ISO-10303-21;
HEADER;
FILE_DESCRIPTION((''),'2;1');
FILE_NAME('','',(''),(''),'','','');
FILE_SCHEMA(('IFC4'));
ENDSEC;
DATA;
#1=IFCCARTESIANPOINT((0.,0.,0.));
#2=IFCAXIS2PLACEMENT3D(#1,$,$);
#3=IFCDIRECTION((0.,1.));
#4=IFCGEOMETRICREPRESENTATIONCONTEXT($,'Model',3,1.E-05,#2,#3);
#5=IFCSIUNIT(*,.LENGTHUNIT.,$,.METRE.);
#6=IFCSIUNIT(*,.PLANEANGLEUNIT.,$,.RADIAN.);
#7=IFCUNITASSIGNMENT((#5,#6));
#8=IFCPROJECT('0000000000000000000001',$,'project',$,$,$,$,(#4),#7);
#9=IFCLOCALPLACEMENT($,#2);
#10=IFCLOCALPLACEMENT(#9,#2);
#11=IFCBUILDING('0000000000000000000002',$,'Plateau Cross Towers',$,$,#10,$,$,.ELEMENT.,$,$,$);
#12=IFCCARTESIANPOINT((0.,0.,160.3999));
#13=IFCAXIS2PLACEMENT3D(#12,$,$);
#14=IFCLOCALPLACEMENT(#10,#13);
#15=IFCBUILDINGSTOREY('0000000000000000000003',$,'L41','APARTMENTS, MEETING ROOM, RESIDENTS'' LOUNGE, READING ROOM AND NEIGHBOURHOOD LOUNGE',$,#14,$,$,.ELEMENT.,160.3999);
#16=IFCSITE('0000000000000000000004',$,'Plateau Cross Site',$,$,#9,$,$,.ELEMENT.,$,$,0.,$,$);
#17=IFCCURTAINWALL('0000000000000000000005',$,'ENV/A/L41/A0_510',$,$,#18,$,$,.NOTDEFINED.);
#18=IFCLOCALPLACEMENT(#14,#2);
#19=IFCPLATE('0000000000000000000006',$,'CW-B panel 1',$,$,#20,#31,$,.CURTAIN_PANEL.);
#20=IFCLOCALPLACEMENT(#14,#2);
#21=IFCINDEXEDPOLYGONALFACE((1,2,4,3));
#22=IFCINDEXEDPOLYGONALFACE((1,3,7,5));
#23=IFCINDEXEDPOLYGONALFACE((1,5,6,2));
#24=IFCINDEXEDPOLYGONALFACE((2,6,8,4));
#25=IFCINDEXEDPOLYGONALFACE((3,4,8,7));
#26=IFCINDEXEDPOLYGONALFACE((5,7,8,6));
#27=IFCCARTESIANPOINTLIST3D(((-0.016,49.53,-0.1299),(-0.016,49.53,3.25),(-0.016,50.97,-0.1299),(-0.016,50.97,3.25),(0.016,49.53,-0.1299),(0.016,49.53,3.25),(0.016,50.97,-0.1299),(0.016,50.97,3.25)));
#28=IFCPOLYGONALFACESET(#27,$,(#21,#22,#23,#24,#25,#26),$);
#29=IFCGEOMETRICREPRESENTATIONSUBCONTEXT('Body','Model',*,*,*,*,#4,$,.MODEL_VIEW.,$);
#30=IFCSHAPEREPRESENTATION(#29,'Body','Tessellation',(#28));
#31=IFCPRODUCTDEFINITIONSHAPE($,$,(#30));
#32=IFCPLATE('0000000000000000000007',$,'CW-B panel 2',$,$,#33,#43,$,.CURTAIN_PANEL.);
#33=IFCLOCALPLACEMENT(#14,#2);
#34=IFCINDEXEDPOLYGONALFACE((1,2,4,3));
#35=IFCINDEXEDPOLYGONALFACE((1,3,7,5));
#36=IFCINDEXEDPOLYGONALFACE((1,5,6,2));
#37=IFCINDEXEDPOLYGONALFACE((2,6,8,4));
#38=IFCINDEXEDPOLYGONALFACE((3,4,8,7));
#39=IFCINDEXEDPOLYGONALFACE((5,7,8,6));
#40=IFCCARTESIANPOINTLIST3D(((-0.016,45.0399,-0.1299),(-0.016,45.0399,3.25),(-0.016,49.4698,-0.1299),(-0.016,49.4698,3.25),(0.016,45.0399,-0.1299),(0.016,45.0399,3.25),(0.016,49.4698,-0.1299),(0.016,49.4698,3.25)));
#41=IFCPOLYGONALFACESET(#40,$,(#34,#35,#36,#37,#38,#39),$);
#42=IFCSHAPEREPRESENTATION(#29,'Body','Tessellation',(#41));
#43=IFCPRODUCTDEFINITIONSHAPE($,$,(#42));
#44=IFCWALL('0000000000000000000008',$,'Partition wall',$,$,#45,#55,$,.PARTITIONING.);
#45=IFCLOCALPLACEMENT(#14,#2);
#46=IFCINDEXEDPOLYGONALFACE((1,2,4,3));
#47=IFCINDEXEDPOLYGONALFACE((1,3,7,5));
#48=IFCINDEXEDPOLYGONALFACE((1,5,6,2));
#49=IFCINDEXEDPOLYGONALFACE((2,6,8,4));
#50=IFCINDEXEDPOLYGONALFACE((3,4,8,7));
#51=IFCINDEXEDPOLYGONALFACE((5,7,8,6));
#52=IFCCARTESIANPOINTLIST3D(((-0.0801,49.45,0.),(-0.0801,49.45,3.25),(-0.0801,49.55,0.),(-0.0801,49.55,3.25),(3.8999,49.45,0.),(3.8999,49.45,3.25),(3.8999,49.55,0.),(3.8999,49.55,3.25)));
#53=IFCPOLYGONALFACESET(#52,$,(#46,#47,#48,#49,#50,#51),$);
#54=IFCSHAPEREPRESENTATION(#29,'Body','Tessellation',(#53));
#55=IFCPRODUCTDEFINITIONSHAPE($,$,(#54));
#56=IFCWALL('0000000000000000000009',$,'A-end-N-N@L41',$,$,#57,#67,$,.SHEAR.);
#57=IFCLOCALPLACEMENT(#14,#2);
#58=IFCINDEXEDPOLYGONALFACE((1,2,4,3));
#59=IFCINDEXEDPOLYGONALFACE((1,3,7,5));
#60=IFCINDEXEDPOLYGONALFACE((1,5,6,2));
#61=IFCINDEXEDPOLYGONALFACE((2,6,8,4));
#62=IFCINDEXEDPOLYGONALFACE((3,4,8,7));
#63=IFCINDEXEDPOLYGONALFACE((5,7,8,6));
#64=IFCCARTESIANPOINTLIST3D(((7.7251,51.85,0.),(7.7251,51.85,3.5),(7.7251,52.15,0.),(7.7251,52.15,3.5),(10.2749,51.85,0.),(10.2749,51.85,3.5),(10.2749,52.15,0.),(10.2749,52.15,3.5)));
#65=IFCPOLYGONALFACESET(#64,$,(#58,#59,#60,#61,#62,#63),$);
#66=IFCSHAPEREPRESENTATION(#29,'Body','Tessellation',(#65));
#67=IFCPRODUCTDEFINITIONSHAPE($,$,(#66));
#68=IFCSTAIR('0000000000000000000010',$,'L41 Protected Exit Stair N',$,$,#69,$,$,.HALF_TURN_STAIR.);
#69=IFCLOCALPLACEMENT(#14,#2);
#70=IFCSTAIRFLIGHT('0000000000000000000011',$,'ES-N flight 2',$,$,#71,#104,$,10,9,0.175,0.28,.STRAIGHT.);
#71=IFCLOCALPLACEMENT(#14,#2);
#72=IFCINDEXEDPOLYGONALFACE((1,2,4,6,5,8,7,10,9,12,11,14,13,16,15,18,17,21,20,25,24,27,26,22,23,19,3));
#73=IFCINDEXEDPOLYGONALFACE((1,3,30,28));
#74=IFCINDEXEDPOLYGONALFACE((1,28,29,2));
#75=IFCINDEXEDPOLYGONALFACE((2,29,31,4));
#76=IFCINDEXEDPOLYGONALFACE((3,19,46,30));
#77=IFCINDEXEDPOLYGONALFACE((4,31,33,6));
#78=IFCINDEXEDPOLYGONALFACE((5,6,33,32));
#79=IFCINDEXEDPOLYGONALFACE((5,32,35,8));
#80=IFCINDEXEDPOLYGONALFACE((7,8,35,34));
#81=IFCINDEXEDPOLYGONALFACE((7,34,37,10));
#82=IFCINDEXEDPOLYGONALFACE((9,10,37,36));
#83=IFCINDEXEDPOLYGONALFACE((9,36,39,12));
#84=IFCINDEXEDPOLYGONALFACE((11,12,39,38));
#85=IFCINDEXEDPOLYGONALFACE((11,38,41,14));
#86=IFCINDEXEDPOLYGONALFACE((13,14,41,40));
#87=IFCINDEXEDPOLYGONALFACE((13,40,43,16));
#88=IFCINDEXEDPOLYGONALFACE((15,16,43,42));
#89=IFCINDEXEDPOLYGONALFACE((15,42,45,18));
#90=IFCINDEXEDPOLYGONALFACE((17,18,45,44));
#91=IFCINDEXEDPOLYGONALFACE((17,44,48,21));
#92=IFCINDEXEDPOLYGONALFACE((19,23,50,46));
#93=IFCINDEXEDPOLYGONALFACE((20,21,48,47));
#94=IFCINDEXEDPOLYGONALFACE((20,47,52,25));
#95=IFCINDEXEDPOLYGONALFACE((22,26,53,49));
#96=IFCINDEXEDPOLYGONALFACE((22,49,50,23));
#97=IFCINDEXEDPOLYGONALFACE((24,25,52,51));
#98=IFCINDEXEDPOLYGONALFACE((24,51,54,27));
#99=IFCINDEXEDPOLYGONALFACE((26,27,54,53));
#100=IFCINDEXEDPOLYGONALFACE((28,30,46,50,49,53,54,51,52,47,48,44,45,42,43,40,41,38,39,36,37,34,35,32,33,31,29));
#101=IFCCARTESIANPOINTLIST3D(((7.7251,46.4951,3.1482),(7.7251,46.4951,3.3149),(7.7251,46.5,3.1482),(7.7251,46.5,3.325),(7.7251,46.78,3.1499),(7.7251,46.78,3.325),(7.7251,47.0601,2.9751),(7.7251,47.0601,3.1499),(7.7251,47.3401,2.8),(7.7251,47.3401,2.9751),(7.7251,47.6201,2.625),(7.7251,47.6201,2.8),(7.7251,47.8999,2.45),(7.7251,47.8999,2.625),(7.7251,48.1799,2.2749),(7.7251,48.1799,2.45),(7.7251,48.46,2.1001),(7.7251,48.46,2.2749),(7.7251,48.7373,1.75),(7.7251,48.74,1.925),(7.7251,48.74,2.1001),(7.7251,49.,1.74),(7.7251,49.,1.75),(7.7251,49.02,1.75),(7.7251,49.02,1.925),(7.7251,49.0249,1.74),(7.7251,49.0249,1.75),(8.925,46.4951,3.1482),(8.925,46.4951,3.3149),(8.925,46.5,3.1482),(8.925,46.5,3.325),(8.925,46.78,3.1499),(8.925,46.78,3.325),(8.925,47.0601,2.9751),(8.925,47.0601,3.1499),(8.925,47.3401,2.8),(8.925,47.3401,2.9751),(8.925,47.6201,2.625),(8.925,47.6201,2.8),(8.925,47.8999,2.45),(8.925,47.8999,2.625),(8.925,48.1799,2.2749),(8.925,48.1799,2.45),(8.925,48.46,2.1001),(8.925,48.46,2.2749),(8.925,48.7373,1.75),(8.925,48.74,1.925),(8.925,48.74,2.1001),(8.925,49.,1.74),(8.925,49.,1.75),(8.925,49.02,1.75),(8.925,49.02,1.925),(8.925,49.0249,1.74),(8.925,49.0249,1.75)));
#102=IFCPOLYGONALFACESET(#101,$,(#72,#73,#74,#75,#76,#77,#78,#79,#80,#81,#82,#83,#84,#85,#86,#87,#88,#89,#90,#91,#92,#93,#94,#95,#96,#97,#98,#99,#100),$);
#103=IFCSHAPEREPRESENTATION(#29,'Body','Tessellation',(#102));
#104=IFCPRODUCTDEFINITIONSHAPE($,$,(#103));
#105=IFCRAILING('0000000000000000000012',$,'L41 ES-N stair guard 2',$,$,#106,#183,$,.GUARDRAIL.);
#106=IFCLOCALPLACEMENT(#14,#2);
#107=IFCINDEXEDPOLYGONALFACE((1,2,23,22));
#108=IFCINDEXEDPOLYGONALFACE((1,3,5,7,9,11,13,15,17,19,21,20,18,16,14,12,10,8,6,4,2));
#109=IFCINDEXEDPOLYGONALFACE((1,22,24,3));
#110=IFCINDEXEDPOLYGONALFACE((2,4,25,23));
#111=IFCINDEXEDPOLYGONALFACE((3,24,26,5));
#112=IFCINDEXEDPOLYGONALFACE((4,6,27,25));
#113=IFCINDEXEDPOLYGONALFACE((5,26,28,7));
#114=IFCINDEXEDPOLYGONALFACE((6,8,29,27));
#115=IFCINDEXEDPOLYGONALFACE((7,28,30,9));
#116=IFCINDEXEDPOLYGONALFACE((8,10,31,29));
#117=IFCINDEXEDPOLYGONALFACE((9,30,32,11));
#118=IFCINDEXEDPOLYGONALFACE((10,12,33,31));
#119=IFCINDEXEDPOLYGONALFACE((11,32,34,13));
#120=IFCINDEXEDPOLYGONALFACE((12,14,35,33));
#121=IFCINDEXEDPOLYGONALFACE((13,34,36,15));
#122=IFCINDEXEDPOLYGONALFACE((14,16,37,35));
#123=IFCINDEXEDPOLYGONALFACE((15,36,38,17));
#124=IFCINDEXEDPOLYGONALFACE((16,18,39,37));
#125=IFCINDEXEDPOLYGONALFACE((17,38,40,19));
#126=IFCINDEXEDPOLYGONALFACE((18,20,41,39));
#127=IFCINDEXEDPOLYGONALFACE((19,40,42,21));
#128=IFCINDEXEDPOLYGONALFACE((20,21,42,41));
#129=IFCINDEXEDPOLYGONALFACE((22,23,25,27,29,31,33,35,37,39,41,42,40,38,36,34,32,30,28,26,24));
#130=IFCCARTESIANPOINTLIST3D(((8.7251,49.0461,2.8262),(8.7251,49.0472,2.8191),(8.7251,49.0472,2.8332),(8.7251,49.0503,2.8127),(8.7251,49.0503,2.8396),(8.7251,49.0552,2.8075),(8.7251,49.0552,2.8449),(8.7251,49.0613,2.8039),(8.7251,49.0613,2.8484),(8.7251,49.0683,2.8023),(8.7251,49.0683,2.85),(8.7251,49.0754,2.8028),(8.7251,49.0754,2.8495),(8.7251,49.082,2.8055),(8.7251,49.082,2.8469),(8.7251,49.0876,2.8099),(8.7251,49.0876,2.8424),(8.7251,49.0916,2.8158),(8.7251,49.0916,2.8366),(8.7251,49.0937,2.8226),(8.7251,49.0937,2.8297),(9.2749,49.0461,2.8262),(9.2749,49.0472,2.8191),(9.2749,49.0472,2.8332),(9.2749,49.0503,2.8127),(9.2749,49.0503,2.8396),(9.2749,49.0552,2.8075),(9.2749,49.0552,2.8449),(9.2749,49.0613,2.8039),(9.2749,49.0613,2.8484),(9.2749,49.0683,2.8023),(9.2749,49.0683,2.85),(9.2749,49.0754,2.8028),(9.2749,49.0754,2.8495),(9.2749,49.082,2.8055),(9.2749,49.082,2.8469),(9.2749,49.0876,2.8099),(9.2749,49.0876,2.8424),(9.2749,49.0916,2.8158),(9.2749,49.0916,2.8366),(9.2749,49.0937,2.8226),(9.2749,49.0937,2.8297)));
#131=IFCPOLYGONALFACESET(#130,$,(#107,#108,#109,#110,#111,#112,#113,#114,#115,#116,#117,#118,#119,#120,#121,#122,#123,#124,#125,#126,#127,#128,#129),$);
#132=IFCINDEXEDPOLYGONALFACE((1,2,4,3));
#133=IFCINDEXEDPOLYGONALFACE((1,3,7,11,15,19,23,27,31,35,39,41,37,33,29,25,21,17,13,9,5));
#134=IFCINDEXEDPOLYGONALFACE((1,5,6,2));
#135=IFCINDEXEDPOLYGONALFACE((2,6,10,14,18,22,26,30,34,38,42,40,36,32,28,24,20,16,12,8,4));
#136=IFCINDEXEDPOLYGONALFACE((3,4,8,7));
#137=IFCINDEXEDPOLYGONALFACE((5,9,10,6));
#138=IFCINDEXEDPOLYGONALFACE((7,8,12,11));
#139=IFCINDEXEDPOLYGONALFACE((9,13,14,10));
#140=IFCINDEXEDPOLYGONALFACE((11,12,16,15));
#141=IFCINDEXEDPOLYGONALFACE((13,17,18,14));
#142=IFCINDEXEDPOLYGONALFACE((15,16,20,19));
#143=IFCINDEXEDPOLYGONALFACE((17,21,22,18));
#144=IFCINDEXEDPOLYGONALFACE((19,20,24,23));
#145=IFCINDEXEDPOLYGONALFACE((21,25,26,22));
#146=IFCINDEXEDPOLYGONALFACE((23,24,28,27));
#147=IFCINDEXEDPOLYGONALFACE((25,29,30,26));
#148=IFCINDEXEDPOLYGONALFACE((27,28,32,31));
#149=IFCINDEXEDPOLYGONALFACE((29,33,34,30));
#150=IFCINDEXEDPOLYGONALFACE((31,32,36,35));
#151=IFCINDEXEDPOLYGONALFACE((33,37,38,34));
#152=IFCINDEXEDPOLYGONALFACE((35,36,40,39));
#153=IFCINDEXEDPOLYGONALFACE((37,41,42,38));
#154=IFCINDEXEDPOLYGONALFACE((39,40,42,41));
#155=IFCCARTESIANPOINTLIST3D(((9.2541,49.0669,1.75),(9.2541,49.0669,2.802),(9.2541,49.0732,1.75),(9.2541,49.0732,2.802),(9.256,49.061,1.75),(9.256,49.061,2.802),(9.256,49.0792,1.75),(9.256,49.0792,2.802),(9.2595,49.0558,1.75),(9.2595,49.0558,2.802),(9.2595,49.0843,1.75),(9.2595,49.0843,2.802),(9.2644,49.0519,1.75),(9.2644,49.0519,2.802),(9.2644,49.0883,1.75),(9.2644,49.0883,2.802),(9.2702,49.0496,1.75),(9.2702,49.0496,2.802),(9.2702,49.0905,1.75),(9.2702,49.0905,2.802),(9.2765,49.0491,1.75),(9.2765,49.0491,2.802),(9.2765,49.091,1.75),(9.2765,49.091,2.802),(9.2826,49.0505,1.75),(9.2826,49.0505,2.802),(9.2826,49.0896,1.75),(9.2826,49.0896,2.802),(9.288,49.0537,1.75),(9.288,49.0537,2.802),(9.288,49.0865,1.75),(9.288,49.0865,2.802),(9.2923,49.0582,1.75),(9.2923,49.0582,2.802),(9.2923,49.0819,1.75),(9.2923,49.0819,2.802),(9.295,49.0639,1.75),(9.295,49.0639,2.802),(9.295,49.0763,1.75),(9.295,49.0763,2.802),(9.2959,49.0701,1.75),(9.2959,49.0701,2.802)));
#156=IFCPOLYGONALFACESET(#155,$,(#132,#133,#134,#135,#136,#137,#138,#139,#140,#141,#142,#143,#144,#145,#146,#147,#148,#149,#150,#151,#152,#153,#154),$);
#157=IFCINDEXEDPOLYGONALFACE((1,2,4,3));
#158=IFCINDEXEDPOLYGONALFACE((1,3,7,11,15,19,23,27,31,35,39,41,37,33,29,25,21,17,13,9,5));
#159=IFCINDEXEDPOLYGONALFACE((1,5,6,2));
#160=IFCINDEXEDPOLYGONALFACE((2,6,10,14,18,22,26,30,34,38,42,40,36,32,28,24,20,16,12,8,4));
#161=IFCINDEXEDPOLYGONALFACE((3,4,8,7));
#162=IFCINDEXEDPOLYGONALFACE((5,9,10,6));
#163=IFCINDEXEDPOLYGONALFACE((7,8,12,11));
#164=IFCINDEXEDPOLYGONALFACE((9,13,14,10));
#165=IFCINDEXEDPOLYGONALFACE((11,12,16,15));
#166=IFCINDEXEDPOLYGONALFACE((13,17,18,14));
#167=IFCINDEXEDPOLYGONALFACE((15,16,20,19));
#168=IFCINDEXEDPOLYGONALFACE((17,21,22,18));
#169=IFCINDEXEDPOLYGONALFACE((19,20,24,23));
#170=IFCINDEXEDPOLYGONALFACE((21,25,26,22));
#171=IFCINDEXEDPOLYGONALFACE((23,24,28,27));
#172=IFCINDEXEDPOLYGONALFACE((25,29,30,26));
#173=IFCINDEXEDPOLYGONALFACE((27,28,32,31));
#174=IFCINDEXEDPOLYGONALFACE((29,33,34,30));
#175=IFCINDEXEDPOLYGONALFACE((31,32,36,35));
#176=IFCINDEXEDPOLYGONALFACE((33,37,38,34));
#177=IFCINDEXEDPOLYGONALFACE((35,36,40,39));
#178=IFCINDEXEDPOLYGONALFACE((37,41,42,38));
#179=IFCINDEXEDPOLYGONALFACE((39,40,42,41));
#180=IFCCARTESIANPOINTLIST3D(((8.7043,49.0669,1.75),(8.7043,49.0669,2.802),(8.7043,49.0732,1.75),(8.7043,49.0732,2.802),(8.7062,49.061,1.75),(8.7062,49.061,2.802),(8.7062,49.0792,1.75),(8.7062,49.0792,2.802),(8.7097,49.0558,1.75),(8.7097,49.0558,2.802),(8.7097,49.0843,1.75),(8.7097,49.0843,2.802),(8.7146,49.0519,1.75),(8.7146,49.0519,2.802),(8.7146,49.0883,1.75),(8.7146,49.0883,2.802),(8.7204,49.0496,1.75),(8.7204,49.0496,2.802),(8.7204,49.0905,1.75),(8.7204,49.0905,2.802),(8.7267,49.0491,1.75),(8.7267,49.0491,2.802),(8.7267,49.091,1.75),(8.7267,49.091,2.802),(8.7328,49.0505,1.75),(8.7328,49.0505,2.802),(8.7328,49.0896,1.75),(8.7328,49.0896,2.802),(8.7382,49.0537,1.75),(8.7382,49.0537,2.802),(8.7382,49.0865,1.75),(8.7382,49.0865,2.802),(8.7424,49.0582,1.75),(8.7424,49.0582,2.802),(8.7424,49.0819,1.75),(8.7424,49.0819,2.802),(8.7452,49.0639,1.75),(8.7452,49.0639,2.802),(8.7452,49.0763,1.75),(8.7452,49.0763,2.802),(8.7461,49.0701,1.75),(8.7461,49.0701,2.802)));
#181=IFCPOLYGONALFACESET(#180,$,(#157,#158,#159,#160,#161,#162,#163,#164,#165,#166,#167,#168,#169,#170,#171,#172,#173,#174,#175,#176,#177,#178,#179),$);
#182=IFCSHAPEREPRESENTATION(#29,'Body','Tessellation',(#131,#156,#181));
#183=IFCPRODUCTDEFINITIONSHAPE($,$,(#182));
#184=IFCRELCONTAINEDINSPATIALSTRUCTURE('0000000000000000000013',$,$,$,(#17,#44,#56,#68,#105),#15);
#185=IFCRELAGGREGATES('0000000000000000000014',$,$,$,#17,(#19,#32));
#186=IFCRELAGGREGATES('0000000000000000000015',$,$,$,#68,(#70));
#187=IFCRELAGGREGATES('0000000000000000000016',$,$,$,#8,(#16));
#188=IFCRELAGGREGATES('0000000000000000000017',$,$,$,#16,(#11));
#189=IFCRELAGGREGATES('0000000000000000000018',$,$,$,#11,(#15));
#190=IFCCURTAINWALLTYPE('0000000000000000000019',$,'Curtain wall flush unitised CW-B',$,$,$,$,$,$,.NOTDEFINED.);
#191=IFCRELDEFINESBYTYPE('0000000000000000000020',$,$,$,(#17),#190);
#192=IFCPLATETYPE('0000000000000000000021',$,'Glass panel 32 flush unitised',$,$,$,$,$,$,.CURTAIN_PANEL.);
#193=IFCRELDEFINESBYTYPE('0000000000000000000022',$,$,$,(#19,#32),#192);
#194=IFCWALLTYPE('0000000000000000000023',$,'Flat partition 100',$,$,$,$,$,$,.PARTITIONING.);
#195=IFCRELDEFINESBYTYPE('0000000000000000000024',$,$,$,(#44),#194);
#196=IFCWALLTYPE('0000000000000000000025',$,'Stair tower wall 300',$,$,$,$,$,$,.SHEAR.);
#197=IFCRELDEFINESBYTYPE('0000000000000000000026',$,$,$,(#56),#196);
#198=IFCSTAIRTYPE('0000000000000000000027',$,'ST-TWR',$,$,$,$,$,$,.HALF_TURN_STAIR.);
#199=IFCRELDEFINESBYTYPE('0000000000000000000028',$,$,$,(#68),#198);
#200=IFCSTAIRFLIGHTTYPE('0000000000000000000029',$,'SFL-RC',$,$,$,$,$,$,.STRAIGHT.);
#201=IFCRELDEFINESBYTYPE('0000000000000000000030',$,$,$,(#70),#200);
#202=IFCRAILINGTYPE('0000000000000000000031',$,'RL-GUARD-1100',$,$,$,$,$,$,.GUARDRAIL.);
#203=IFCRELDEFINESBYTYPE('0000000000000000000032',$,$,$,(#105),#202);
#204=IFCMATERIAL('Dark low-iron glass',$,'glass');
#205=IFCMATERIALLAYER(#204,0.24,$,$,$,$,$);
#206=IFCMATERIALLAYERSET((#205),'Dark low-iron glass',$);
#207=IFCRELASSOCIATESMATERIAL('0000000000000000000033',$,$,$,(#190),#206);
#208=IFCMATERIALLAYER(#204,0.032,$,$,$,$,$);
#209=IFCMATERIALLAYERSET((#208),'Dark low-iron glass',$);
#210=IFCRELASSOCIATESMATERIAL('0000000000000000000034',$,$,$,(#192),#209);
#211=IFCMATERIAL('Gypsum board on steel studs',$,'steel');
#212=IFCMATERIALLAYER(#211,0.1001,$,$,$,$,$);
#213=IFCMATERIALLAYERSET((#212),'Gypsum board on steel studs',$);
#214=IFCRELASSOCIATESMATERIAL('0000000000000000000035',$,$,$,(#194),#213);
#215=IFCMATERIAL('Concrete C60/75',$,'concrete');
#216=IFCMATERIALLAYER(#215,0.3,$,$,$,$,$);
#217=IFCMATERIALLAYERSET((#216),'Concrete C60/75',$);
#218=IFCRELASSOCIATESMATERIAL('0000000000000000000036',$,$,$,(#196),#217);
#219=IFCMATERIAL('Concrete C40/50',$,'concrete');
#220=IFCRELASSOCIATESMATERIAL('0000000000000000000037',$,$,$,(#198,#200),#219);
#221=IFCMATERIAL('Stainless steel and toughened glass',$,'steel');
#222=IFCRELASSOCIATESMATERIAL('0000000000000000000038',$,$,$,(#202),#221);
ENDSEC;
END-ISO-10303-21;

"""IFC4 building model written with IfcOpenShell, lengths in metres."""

from ifc_helpers import new_model, si_unit, direction, frame, frame_2d, origin, origin_2d, place, context, subcontext, project, spatial, polyline, rectangle, circle, outline, extrude, material, layer, layer_set, type_object, element, aggregate, save


model = new_model("IFC4")

# Units and contexts
model_context = context("Model", 3, precision=1e-05, world=origin(), true_north=direction((0.0, 1.0)))
body_context = subcontext(model_context, "Body", "Model", "MODEL_VIEW")
ifc_project = project(units=[si_unit("LENGTHUNIT", "METRE"), si_unit("PLANEANGLEUNIT", "RADIAN")], contexts=[model_context])

# Site, building, storey
site_placement = place(None, origin())
site = spatial("IfcSite", under=ifc_project, at=site_placement, Name="Plateau Cross Site", CompositionType="ELEMENT", RefElevation=0.0)
building_placement = place(site_placement, origin())
building = spatial("IfcBuilding", under=site, at=building_placement, Name="Plateau Cross Towers", CompositionType="ELEMENT")
storey_placement = place(building_placement, frame((0.0, 0.0, 160.3999)))
storey = spatial("IfcBuildingStorey", under=building, at=storey_placement, Name="L41", Description="APARTMENTS, MEETING ROOM, RESIDENTS' LOUNGE, READING ROOM AND NEIGHBOURHOOD LOUNGE", CompositionType="ELEMENT", Elevation=160.3999)

# Shared definitions
ifc_material_1 = material(Name="Concrete C60/75", Category="concrete")

# Shared definitions
ifc_material_2 = material(Name="Dark low-iron glass", Category="glass")
ifc_layer_1 = layer(ifc_material_2, 0.24)
ifc_layer_set_1 = layer_set([ifc_layer_1], Name="Dark low-iron glass")
curtain_wall_type = type_object("IfcCurtainWallType", Name="Curtain wall flush unitised CW-B", PredefinedType="NOTDEFINED", material=ifc_layer_set_1)

# Curtain wall
curtain_wall_1_placement = place(storey_placement, origin())
curtain_wall_1 = element("IfcCurtainWall", 1, at=curtain_wall_1_placement, inside=storey, type_object=curtain_wall_type, Name="ENV/A/L41/A0_510", PredefinedType="NOTDEFINED")

# Plates
ifc_layer_2 = layer(ifc_material_2, 0.032)
ifc_layer_set_2 = layer_set([ifc_layer_2], Name="Dark low-iron glass")
plate_type = type_object("IfcPlateType", Name="Glass panel 32 flush unitised", PredefinedType="CURTAIN_PANEL", material=ifc_layer_set_2)
plate_1_placement = place(storey_placement, frame((0.0, 50.25, -0.1299), z_axis=(0.0, 0.0, 1.0), x_axis=(0.0, -1.0, 0.0)))
plate_1 = element("IfcPlate", 2, at=plate_1_placement, type_object=plate_type, Name="CW-B panel 1", PredefinedType="CURTAIN_PANEL", context=body_context, shape_type="SweptSolid", body=[
    extrude(rectangle(XDim=1.4399, YDim=0.032, at=origin_2d()), origin(), (0.0, 0.0, 1.0), 3.3799),
])
plate_2_placement = place(storey_placement, frame((0.0, 47.2549, -0.1299), z_axis=(0.0, 0.0, 1.0), x_axis=(0.0, -1.0, 0.0)))
plate_2 = element("IfcPlate", 3, at=plate_2_placement, type_object=plate_type, Name="CW-B panel 2", PredefinedType="CURTAIN_PANEL", context=body_context, shape_type="SweptSolid", body=[
    extrude(rectangle(XDim=4.4299, YDim=0.032, at=origin_2d()), origin(), (0.0, 0.0, 1.0), 3.3799),
])
aggregate(curtain_wall_1, [plate_1, plate_2])

# Walls
ifc_material_3 = material(Name="Gypsum board on steel studs", Category="steel")
ifc_layer_3 = layer(ifc_material_3, 0.1001)
ifc_layer_set_3 = layer_set([ifc_layer_3], Name="Gypsum board on steel studs")
wall_type_1 = type_object("IfcWallType", Name="Flat partition 100", PredefinedType="PARTITIONING", material=ifc_layer_set_3)
wall_1_placement = place(storey_placement, frame((3.8999, 49.5, 0.0), z_axis=(0.0, 0.0, 1.0), x_axis=(-1.0, 0.0, 0.0)))
element("IfcWall", 4, at=wall_1_placement, inside=storey, type_object=wall_type_1, Name="Partition wall", PredefinedType="PARTITIONING", context=body_context, shape_type="SweptSolid", body=[
    extrude(rectangle(XDim=3.98, YDim=0.1001, at=frame_2d((1.99, 0.0))), origin(), (0.0, 0.0, 1.0), 3.25),
])
ifc_layer_4 = layer(ifc_material_1, 0.3)
ifc_layer_set_4 = layer_set([ifc_layer_4], Name="Concrete C60/75")
wall_type_2 = type_object("IfcWallType", Name="Stair tower wall 300", PredefinedType="SHEAR", material=ifc_layer_set_4)
wall_2_placement = place(storey_placement, frame((7.7251, 52.0, 0.0), z_axis=(0.0, 0.0, 1.0), x_axis=(1.0, 0.0, 0.0)))
element("IfcWall", 5, at=wall_2_placement, inside=storey, type_object=wall_type_2, Name="A-end-N-N@L41", PredefinedType="SHEAR", context=body_context, shape_type="SweptSolid", body=[
    extrude(rectangle(XDim=2.5498, YDim=0.3, at=frame_2d((1.2749, 0.0))), origin(), (0.0, 0.0, 1.0), 3.5),
])

# Stair, stair flight
ifc_material_4 = material(Name="Concrete C40/50", Category="concrete")
stair_type = type_object("IfcStairType", Name="ST-TWR", PredefinedType="HALF_TURN_STAIR", material=ifc_material_4)
stair_placement = place(storey_placement, origin())
stair = element("IfcStair", 6, at=stair_placement, inside=storey, type_object=stair_type, Name="L41 Protected Exit Stair N", PredefinedType="HALF_TURN_STAIR")
stair_flight_type = type_object("IfcStairFlightType", Name="SFL-RC", PredefinedType="STRAIGHT", material=ifc_material_4)
stair_flight_placement = place(storey_placement, frame((8.325, 49.02, 1.75), z_axis=(0.0, 0.0, 1.0), x_axis=(0.0, -1.0, 0.0)))
stair_flight = element("IfcStairFlight", 7, at=stair_flight_placement, type_object=stair_flight_type, Name="ES-N flight 2", NumberOfRisers=10, NumberOfTreads=9, PredefinedType="STRAIGHT", RiserHeight=0.175, TreadLength=0.28, context=body_context, shape_type="SweptSolid", body=[
    extrude(outline(polyline([(-0.0049, -0.01), (-0.0049, 0.0), (0.0, 0.0), (0.0, 0.175), (0.28, 0.175), (0.28, 0.3501), (0.5601, 0.3501), (0.5601, 0.5249), (0.8401, 0.5249), (0.8401, 0.7), (1.1201, 0.7), (1.1201, 0.875), (1.3999, 0.875), (1.3999, 1.05), (1.6799, 1.05), (1.6799, 1.2251), (1.96, 1.2251), (1.96, 1.3999), (2.24, 1.3999), (2.24, 1.575), (2.52, 1.575), (2.5249, 1.5649), (2.5249, 1.3982), (2.52, 1.3982), (0.2827, 0.0), (0.02, 0.0), (0.02, -0.01), (-0.0049, -0.01)])), frame((0.0, 0.6001, 0.0), z_axis=(0.0, -1.0, 0.0), x_axis=(1.0, 0.0, 0.0)), (0.0, 0.0, 1.0), 1.2),
])
aggregate(stair, [stair_flight])

# Railing
ifc_material_5 = material(Name="Stainless steel and toughened glass", Category="steel")
railing_type_1 = type_object("IfcRailingType", Name="RL-GUARD-1100", PredefinedType="GUARDRAIL", material=ifc_material_5)
railing_1_placement = place(storey_placement, frame((9.2749, 49.0701, 1.75)))
element("IfcRailing", 8, at=railing_1_placement, inside=storey, type_object=railing_type_1, Name="L41 ES-N stair guard 2", PredefinedType="GUARDRAIL", context=body_context, shape_type="SweptSolid", body=[
    extrude(circle(Radius=0.0239, at=origin_2d()), frame((0.0, 0.0, 1.0762), z_axis=(-1.0, 0.0, 0.0), x_axis=(0.0, -1.0, 0.0)), (0.0, 0.0, 1.0), 0.5498),
    extrude(circle(Radius=0.021, at=origin_2d()), origin(), (0.0, 0.0, 1.0), 1.052),
    extrude(circle(Radius=0.021, at=origin_2d()), frame((-0.5498, 0.0, 0.0)), (0.0, 0.0, 1.0), 1.052),
])

save(model, "model.ifc")
